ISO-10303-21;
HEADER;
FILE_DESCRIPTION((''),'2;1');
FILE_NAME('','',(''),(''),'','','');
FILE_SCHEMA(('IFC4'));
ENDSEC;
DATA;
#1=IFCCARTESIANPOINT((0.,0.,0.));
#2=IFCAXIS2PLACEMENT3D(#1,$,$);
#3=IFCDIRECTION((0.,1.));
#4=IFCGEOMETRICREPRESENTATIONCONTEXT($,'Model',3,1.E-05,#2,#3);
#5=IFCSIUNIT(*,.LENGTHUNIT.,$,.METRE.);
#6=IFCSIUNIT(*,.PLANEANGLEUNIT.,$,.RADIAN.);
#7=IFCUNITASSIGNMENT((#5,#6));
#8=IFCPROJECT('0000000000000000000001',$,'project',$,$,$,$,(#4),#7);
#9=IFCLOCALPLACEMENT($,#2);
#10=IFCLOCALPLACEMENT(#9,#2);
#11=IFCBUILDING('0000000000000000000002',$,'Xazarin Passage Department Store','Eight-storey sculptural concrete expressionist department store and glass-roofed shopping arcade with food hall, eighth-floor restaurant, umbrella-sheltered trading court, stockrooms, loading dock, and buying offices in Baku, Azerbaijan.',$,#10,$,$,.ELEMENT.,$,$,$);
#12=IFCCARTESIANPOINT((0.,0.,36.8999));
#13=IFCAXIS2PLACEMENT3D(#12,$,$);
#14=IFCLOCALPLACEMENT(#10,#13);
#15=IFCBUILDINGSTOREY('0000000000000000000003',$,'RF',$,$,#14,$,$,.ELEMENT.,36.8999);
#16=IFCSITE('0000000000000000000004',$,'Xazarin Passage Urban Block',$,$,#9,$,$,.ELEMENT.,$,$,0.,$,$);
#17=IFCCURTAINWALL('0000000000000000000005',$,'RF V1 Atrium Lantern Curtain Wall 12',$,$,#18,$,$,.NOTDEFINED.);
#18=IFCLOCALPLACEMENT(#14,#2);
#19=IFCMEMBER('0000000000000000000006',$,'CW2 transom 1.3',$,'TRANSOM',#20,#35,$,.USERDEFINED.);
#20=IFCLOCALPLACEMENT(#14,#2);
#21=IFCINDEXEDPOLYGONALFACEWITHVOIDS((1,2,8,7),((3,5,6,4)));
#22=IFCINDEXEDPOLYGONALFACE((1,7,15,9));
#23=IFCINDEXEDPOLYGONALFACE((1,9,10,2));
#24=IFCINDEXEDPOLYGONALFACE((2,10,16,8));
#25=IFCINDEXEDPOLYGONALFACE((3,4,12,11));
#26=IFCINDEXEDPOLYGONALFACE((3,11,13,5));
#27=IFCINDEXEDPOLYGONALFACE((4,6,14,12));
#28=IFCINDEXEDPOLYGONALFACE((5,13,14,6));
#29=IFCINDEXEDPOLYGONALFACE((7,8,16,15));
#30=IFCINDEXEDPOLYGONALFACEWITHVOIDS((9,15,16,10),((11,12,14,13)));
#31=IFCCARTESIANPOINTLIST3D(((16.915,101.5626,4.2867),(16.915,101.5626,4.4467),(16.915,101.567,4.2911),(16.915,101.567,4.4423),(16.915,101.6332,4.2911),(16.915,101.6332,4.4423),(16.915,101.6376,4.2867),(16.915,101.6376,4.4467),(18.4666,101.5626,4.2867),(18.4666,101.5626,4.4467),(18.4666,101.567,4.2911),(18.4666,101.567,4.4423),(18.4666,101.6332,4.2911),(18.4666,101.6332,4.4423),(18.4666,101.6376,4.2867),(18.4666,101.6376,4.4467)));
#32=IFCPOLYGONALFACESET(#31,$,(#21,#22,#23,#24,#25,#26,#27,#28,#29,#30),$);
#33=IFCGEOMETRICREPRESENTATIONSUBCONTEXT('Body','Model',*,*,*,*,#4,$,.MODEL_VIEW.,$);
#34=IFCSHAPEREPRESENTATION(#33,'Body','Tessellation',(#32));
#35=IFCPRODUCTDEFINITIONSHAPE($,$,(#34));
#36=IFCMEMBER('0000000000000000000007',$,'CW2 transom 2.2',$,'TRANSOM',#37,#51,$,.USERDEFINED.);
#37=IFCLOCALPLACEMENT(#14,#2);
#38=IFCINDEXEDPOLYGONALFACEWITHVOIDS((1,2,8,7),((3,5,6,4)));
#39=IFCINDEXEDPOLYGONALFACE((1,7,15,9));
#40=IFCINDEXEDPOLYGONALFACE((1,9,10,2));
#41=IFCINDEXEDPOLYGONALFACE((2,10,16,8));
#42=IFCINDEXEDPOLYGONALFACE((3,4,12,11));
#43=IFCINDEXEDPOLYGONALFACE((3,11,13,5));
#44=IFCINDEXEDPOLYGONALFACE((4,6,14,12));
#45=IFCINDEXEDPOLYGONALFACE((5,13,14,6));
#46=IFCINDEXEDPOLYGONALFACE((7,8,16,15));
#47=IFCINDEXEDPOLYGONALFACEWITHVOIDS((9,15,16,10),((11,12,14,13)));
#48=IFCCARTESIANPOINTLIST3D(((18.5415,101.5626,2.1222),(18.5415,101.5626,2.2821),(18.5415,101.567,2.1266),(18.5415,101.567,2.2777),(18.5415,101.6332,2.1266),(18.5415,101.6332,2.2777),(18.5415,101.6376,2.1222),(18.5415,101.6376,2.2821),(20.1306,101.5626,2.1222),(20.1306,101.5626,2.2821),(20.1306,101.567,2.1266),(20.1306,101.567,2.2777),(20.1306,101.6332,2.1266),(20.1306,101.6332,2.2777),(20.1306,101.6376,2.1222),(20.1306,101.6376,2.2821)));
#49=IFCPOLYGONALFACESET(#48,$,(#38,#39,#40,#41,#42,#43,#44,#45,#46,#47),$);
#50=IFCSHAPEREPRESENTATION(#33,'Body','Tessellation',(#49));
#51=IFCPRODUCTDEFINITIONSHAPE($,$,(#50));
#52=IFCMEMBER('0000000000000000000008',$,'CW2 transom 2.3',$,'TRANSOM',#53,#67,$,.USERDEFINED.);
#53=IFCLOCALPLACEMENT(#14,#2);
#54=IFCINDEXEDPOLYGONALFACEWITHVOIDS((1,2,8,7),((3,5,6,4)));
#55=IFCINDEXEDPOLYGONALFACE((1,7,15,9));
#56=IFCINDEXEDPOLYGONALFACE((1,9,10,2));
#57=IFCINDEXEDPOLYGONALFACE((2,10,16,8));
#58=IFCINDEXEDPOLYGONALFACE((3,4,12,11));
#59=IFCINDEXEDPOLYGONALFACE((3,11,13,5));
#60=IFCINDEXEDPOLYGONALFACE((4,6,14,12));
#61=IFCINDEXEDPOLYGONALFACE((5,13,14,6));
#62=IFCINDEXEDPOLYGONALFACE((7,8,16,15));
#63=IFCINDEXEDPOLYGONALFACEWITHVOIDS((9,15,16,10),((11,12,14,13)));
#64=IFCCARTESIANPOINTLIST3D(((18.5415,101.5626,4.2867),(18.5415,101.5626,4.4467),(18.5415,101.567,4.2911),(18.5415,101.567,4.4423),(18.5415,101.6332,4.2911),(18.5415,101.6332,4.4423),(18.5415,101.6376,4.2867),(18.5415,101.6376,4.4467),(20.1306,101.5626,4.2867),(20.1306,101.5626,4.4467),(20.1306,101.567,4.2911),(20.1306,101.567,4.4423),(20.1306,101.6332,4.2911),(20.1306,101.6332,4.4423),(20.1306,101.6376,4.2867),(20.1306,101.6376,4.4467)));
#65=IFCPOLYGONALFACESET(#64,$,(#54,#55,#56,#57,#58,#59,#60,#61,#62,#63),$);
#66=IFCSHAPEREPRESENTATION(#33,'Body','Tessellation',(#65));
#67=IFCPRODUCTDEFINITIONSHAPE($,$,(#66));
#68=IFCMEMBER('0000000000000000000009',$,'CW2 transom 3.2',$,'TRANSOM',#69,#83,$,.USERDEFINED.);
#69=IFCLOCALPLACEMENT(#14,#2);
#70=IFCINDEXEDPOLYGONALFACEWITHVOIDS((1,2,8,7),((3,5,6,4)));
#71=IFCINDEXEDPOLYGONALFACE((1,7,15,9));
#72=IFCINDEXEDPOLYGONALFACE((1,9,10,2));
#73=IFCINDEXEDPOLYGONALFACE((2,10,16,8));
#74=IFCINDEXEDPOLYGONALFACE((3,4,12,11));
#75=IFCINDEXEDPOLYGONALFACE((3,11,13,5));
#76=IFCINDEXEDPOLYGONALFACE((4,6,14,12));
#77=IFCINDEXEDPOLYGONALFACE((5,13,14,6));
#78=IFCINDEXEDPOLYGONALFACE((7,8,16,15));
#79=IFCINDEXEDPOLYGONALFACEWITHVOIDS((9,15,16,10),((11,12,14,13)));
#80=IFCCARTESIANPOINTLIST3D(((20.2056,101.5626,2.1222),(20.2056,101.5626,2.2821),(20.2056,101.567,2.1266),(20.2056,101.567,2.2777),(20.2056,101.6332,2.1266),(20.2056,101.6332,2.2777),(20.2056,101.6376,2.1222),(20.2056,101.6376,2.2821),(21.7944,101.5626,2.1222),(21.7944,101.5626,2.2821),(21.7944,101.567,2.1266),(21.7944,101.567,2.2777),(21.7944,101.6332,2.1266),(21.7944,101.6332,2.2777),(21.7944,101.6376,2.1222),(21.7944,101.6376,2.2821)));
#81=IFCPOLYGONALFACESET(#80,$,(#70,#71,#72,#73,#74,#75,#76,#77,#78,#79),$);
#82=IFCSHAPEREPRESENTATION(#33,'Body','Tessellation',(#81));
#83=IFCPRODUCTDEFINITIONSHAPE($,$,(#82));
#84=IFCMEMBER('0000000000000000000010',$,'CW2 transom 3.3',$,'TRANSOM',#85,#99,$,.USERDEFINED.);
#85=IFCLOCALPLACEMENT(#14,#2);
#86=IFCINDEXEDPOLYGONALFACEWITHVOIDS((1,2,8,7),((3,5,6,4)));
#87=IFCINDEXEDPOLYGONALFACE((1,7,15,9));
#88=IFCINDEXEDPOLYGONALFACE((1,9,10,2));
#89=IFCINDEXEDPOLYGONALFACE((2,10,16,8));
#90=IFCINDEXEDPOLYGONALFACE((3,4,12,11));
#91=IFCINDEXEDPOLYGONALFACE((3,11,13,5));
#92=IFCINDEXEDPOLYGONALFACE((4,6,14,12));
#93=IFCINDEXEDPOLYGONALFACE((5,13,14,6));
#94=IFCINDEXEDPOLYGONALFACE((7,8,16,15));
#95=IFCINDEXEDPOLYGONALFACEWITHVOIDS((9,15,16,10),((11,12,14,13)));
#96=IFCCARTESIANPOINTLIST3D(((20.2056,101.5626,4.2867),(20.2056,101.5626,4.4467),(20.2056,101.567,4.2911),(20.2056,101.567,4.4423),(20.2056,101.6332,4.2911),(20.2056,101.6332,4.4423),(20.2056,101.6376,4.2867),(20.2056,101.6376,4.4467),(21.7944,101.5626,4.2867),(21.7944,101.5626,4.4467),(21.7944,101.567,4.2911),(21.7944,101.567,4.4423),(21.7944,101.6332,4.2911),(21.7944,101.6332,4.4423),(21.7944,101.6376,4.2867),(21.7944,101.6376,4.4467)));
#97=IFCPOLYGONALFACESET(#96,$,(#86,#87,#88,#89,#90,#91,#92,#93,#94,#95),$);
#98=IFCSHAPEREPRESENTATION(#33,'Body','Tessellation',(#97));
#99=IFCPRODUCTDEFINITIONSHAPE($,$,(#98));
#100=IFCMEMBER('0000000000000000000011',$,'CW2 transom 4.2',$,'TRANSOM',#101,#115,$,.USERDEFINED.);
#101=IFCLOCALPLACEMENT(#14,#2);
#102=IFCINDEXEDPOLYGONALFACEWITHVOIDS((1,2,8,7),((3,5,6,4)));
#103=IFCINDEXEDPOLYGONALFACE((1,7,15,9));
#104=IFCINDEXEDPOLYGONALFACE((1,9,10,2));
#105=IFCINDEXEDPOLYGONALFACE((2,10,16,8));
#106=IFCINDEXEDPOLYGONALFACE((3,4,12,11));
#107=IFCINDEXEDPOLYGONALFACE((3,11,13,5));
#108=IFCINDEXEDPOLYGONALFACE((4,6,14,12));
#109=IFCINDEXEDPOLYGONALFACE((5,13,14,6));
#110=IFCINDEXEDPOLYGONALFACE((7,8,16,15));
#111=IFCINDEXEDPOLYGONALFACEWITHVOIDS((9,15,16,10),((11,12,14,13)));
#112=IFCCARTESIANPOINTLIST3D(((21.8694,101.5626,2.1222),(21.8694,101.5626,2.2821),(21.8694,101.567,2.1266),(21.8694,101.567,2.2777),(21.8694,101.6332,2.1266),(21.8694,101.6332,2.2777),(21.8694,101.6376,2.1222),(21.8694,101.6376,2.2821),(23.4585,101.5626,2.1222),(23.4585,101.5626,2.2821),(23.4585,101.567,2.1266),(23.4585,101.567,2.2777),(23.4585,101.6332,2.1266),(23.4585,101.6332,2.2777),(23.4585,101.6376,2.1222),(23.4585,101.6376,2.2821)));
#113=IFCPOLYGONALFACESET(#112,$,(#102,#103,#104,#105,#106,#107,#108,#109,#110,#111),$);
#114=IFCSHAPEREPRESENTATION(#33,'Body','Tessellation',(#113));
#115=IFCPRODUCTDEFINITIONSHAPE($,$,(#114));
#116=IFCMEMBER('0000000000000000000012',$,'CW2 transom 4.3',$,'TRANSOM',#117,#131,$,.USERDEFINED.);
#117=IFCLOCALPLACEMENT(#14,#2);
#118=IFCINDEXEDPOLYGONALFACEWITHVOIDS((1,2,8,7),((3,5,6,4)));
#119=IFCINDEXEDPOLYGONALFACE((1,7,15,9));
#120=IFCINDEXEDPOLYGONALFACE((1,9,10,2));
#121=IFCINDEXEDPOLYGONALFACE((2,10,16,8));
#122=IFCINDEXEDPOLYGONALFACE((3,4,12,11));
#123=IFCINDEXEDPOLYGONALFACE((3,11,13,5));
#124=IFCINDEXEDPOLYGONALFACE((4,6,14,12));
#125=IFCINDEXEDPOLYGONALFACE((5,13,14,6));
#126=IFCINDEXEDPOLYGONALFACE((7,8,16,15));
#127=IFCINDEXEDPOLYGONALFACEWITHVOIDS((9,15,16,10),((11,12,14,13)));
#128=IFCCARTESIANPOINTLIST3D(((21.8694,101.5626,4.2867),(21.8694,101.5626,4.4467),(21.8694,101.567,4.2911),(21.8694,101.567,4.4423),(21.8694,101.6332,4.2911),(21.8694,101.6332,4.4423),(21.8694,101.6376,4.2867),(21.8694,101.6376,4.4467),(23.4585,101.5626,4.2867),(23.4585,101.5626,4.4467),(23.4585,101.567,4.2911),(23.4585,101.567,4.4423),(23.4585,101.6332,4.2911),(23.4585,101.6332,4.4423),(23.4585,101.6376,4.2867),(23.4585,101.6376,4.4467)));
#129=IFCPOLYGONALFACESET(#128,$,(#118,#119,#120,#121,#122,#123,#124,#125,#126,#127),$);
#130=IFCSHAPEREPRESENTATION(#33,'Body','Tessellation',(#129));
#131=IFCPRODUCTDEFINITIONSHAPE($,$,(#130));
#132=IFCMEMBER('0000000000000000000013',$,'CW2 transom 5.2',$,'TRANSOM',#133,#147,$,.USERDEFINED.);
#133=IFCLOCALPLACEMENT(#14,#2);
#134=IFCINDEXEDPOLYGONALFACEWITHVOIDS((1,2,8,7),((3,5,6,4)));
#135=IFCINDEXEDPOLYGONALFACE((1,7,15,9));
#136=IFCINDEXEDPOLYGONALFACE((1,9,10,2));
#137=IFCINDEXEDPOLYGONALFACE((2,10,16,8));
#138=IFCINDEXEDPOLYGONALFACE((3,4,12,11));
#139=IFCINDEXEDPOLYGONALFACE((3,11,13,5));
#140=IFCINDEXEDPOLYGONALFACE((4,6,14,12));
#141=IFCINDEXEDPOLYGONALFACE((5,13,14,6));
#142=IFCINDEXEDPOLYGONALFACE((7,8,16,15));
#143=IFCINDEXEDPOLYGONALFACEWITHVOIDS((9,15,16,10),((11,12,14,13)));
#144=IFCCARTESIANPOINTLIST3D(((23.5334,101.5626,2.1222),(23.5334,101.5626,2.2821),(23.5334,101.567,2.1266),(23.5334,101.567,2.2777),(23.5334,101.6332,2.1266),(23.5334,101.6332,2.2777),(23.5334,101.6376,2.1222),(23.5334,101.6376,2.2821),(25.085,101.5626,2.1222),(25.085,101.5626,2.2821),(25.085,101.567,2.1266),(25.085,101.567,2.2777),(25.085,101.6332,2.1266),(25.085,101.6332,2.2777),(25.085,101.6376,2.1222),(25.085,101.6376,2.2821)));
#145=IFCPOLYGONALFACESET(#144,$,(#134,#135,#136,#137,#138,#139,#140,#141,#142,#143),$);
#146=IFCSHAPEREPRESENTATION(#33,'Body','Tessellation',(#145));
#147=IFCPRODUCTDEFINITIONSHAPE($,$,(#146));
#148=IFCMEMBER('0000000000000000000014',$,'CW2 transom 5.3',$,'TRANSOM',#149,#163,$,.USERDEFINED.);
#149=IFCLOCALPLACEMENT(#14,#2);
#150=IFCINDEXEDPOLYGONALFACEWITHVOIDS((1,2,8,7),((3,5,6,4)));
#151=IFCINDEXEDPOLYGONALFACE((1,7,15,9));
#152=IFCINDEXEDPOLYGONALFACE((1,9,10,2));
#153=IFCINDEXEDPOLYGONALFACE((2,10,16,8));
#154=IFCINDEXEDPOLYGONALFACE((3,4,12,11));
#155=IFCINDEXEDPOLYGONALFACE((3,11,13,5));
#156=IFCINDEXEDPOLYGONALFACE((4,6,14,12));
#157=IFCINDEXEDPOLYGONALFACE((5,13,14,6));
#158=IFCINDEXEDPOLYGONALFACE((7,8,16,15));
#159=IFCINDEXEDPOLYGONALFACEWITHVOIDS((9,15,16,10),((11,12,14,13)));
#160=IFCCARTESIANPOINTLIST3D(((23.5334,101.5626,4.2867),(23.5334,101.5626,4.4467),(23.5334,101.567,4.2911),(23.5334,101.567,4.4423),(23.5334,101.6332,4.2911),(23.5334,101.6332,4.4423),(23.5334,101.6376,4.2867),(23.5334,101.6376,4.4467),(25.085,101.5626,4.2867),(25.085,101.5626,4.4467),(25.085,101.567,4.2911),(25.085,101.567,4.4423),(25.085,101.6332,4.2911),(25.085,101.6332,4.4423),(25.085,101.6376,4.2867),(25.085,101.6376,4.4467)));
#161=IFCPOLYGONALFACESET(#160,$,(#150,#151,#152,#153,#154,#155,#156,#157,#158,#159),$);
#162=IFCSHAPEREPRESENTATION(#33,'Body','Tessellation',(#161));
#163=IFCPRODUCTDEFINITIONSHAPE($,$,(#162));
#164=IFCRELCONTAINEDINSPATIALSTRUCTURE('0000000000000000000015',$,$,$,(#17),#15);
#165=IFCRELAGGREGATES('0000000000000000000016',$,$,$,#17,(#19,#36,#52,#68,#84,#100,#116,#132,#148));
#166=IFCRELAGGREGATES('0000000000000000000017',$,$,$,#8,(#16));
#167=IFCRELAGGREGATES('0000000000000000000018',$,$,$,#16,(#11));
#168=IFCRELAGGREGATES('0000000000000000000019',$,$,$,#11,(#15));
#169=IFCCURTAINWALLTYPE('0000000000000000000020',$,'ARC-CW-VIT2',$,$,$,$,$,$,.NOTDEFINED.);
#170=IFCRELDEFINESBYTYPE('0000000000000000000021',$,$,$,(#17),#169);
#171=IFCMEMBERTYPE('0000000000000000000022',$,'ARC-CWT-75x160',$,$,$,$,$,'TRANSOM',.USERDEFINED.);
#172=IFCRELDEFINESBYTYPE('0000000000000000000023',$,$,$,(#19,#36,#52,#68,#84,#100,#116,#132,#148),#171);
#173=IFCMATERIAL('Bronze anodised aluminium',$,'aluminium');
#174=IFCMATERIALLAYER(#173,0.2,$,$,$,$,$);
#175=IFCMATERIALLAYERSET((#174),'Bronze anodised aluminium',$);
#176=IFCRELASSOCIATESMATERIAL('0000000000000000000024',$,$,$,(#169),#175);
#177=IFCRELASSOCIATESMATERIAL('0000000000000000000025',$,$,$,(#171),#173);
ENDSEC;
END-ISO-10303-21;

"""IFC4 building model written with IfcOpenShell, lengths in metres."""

from ifc_helpers import new_model, si_unit, direction, frame, origin, origin_2d, place, context, subcontext, project, spatial, hollow_rectangle, extrude, material, layer, layer_set, material_profile, profile_set, type_object, element, aggregate, save


model = new_model("IFC4")

# Units and contexts
model_context = context("Model", 3, precision=1e-05, world=origin(), true_north=direction((0.0, 1.0)))
body_context = subcontext(model_context, "Body", "Model", "MODEL_VIEW")
ifc_project = project(units=[si_unit("LENGTHUNIT", "METRE"), si_unit("PLANEANGLEUNIT", "RADIAN")], contexts=[model_context])

# Site, building, storey
site_placement = place(None, origin())
site = spatial("IfcSite", under=ifc_project, at=site_placement, Name="Xazarin Passage Urban Block", CompositionType="ELEMENT", RefElevation=0.0)
building_placement = place(site_placement, origin())
building = spatial("IfcBuilding", under=site, at=building_placement, Name="Xazarin Passage Department Store", Description="Eight-storey sculptural concrete expressionist department store and glass-roofed shopping arcade with food hall, eighth-floor restaurant, umbrella-sheltered trading court, stockrooms, loading dock, and buying offices in Baku, Azerbaijan.", CompositionType="ELEMENT")
storey_placement = place(building_placement, frame((0.0, 0.0, 36.8999)))
storey = spatial("IfcBuildingStorey", under=building, at=storey_placement, Name="RF", CompositionType="ELEMENT", Elevation=36.8999)

# Curtain wall, members
ifc_material_1 = material(Name="Bronze anodised aluminium", Category="aluminium")
ifc_layer_1 = layer(ifc_material_1, 0.2)
ifc_layer_set_1 = layer_set([ifc_layer_1], Name="Bronze anodised aluminium")
curtain_wall_type = type_object("IfcCurtainWallType", Name="ARC-CW-VIT2", PredefinedType="NOTDEFINED", material=ifc_layer_set_1)
curtain_wall_placement = place(storey_placement, origin())
curtain_wall = element("IfcCurtainWall", 1, at=curtain_wall_placement, inside=storey, type_object=curtain_wall_type, Name="RF V1 Atrium Lantern Curtain Wall 12", PredefinedType="NOTDEFINED")
ifc_material_profile_1 = material_profile(ifc_material_1, hollow_rectangle(XDim=0.075, YDim=0.1599, WallThickness=0.0044, at=origin_2d()), Name="ALU 75x160")
ifc_profile_set_1 = profile_set([ifc_material_profile_1], Name="Bronze anodised aluminium")
member_type_1 = type_object("IfcMemberType", Name="ARC-CWT-75x160", ElementType="TRANSOM", PredefinedType="USERDEFINED", material=ifc_profile_set_1)
member_1_placement = place(storey_placement, frame((16.915, 101.6001, 4.3667), z_axis=(1.0, 0.0, 0.0), x_axis=(0.0, 1.0, 0.0)))
member_1 = element("IfcMember", 2, at=member_1_placement, type_object=member_type_1, Name="CW2 transom 1.3", ObjectType="TRANSOM", PredefinedType="USERDEFINED", context=body_context, shape_type="SweptSolid", body=[
    extrude(hollow_rectangle(XDim=0.075, YDim=0.1599, WallThickness=0.0044, at=origin_2d()), origin(), (0.0, 0.0, 1.0), 1.5515),
])
member_2_placement = place(storey_placement, frame((18.5415, 101.6001, 2.2021), z_axis=(1.0, 0.0, 0.0), x_axis=(0.0, 1.0, 0.0)))
member_2 = element("IfcMember", 3, at=member_2_placement, type_object=member_type_1, Name="CW2 transom 2.2", ObjectType="TRANSOM", PredefinedType="USERDEFINED", context=body_context, shape_type="SweptSolid", body=[
    extrude(hollow_rectangle(XDim=0.075, YDim=0.1599, WallThickness=0.0044, at=origin_2d()), origin(), (0.0, 0.0, 1.0), 1.5891),
])
member_3_placement = place(storey_placement, frame((18.5415, 101.6001, 4.3667), z_axis=(1.0, 0.0, 0.0), x_axis=(0.0, 1.0, 0.0)))
member_3 = element("IfcMember", 4, at=member_3_placement, type_object=member_type_1, Name="CW2 transom 2.3", ObjectType="TRANSOM", PredefinedType="USERDEFINED", context=body_context, shape_type="SweptSolid", body=[
    extrude(hollow_rectangle(XDim=0.075, YDim=0.1599, WallThickness=0.0044, at=origin_2d()), origin(), (0.0, 0.0, 1.0), 1.5891),
])
member_4_placement = place(storey_placement, frame((20.2056, 101.6001, 2.2021), z_axis=(1.0, 0.0, 0.0), x_axis=(0.0, 1.0, 0.0)))
member_4 = element("IfcMember", 5, at=member_4_placement, type_object=member_type_1, Name="CW2 transom 3.2", ObjectType="TRANSOM", PredefinedType="USERDEFINED", context=body_context, shape_type="SweptSolid", body=[
    extrude(hollow_rectangle(XDim=0.075, YDim=0.1599, WallThickness=0.0044, at=origin_2d()), origin(), (0.0, 0.0, 1.0), 1.5889),
])
member_5_placement = place(storey_placement, frame((20.2056, 101.6001, 4.3667), z_axis=(1.0, 0.0, 0.0), x_axis=(0.0, 1.0, 0.0)))
member_5 = element("IfcMember", 6, at=member_5_placement, type_object=member_type_1, Name="CW2 transom 3.3", ObjectType="TRANSOM", PredefinedType="USERDEFINED", context=body_context, shape_type="SweptSolid", body=[
    extrude(hollow_rectangle(XDim=0.075, YDim=0.1599, WallThickness=0.0044, at=origin_2d()), origin(), (0.0, 0.0, 1.0), 1.5889),
])
member_6_placement = place(storey_placement, frame((21.8694, 101.6001, 2.2021), z_axis=(1.0, 0.0, 0.0), x_axis=(0.0, 1.0, 0.0)))
member_6 = element("IfcMember", 7, at=member_6_placement, type_object=member_type_1, Name="CW2 transom 4.2", ObjectType="TRANSOM", PredefinedType="USERDEFINED", context=body_context, shape_type="SweptSolid", body=[
    extrude(hollow_rectangle(XDim=0.075, YDim=0.1599, WallThickness=0.0044, at=origin_2d()), origin(), (0.0, 0.0, 1.0), 1.5891),
])
member_7_placement = place(storey_placement, frame((21.8694, 101.6001, 4.3667), z_axis=(1.0, 0.0, 0.0), x_axis=(0.0, 1.0, 0.0)))
member_7 = element("IfcMember", 8, at=member_7_placement, type_object=member_type_1, Name="CW2 transom 4.3", ObjectType="TRANSOM", PredefinedType="USERDEFINED", context=body_context, shape_type="SweptSolid", body=[
    extrude(hollow_rectangle(XDim=0.075, YDim=0.1599, WallThickness=0.0044, at=origin_2d()), origin(), (0.0, 0.0, 1.0), 1.5891),
])
member_8_placement = place(storey_placement, frame((23.5334, 101.6001, 2.2021), z_axis=(1.0, 0.0, 0.0), x_axis=(0.0, 1.0, 0.0)))
member_8 = element("IfcMember", 9, at=member_8_placement, type_object=member_type_1, Name="CW2 transom 5.2", ObjectType="TRANSOM", PredefinedType="USERDEFINED", context=body_context, shape_type="SweptSolid", body=[
    extrude(hollow_rectangle(XDim=0.075, YDim=0.1599, WallThickness=0.0044, at=origin_2d()), origin(), (0.0, 0.0, 1.0), 1.5515),
])
member_9_placement = place(storey_placement, frame((23.5334, 101.6001, 4.3667), z_axis=(1.0, 0.0, 0.0), x_axis=(0.0, 1.0, 0.0)))
member_9 = element("IfcMember", 10, at=member_9_placement, type_object=member_type_1, Name="CW2 transom 5.3", ObjectType="TRANSOM", PredefinedType="USERDEFINED", context=body_context, shape_type="SweptSolid", body=[
    extrude(hollow_rectangle(XDim=0.075, YDim=0.1599, WallThickness=0.0044, at=origin_2d()), origin(), (0.0, 0.0, 1.0), 1.5515),
])

aggregate(curtain_wall, [member_1, member_2, member_3, member_4, member_5, member_6, member_7, member_8, member_9])

save(model, "model.ifc")
